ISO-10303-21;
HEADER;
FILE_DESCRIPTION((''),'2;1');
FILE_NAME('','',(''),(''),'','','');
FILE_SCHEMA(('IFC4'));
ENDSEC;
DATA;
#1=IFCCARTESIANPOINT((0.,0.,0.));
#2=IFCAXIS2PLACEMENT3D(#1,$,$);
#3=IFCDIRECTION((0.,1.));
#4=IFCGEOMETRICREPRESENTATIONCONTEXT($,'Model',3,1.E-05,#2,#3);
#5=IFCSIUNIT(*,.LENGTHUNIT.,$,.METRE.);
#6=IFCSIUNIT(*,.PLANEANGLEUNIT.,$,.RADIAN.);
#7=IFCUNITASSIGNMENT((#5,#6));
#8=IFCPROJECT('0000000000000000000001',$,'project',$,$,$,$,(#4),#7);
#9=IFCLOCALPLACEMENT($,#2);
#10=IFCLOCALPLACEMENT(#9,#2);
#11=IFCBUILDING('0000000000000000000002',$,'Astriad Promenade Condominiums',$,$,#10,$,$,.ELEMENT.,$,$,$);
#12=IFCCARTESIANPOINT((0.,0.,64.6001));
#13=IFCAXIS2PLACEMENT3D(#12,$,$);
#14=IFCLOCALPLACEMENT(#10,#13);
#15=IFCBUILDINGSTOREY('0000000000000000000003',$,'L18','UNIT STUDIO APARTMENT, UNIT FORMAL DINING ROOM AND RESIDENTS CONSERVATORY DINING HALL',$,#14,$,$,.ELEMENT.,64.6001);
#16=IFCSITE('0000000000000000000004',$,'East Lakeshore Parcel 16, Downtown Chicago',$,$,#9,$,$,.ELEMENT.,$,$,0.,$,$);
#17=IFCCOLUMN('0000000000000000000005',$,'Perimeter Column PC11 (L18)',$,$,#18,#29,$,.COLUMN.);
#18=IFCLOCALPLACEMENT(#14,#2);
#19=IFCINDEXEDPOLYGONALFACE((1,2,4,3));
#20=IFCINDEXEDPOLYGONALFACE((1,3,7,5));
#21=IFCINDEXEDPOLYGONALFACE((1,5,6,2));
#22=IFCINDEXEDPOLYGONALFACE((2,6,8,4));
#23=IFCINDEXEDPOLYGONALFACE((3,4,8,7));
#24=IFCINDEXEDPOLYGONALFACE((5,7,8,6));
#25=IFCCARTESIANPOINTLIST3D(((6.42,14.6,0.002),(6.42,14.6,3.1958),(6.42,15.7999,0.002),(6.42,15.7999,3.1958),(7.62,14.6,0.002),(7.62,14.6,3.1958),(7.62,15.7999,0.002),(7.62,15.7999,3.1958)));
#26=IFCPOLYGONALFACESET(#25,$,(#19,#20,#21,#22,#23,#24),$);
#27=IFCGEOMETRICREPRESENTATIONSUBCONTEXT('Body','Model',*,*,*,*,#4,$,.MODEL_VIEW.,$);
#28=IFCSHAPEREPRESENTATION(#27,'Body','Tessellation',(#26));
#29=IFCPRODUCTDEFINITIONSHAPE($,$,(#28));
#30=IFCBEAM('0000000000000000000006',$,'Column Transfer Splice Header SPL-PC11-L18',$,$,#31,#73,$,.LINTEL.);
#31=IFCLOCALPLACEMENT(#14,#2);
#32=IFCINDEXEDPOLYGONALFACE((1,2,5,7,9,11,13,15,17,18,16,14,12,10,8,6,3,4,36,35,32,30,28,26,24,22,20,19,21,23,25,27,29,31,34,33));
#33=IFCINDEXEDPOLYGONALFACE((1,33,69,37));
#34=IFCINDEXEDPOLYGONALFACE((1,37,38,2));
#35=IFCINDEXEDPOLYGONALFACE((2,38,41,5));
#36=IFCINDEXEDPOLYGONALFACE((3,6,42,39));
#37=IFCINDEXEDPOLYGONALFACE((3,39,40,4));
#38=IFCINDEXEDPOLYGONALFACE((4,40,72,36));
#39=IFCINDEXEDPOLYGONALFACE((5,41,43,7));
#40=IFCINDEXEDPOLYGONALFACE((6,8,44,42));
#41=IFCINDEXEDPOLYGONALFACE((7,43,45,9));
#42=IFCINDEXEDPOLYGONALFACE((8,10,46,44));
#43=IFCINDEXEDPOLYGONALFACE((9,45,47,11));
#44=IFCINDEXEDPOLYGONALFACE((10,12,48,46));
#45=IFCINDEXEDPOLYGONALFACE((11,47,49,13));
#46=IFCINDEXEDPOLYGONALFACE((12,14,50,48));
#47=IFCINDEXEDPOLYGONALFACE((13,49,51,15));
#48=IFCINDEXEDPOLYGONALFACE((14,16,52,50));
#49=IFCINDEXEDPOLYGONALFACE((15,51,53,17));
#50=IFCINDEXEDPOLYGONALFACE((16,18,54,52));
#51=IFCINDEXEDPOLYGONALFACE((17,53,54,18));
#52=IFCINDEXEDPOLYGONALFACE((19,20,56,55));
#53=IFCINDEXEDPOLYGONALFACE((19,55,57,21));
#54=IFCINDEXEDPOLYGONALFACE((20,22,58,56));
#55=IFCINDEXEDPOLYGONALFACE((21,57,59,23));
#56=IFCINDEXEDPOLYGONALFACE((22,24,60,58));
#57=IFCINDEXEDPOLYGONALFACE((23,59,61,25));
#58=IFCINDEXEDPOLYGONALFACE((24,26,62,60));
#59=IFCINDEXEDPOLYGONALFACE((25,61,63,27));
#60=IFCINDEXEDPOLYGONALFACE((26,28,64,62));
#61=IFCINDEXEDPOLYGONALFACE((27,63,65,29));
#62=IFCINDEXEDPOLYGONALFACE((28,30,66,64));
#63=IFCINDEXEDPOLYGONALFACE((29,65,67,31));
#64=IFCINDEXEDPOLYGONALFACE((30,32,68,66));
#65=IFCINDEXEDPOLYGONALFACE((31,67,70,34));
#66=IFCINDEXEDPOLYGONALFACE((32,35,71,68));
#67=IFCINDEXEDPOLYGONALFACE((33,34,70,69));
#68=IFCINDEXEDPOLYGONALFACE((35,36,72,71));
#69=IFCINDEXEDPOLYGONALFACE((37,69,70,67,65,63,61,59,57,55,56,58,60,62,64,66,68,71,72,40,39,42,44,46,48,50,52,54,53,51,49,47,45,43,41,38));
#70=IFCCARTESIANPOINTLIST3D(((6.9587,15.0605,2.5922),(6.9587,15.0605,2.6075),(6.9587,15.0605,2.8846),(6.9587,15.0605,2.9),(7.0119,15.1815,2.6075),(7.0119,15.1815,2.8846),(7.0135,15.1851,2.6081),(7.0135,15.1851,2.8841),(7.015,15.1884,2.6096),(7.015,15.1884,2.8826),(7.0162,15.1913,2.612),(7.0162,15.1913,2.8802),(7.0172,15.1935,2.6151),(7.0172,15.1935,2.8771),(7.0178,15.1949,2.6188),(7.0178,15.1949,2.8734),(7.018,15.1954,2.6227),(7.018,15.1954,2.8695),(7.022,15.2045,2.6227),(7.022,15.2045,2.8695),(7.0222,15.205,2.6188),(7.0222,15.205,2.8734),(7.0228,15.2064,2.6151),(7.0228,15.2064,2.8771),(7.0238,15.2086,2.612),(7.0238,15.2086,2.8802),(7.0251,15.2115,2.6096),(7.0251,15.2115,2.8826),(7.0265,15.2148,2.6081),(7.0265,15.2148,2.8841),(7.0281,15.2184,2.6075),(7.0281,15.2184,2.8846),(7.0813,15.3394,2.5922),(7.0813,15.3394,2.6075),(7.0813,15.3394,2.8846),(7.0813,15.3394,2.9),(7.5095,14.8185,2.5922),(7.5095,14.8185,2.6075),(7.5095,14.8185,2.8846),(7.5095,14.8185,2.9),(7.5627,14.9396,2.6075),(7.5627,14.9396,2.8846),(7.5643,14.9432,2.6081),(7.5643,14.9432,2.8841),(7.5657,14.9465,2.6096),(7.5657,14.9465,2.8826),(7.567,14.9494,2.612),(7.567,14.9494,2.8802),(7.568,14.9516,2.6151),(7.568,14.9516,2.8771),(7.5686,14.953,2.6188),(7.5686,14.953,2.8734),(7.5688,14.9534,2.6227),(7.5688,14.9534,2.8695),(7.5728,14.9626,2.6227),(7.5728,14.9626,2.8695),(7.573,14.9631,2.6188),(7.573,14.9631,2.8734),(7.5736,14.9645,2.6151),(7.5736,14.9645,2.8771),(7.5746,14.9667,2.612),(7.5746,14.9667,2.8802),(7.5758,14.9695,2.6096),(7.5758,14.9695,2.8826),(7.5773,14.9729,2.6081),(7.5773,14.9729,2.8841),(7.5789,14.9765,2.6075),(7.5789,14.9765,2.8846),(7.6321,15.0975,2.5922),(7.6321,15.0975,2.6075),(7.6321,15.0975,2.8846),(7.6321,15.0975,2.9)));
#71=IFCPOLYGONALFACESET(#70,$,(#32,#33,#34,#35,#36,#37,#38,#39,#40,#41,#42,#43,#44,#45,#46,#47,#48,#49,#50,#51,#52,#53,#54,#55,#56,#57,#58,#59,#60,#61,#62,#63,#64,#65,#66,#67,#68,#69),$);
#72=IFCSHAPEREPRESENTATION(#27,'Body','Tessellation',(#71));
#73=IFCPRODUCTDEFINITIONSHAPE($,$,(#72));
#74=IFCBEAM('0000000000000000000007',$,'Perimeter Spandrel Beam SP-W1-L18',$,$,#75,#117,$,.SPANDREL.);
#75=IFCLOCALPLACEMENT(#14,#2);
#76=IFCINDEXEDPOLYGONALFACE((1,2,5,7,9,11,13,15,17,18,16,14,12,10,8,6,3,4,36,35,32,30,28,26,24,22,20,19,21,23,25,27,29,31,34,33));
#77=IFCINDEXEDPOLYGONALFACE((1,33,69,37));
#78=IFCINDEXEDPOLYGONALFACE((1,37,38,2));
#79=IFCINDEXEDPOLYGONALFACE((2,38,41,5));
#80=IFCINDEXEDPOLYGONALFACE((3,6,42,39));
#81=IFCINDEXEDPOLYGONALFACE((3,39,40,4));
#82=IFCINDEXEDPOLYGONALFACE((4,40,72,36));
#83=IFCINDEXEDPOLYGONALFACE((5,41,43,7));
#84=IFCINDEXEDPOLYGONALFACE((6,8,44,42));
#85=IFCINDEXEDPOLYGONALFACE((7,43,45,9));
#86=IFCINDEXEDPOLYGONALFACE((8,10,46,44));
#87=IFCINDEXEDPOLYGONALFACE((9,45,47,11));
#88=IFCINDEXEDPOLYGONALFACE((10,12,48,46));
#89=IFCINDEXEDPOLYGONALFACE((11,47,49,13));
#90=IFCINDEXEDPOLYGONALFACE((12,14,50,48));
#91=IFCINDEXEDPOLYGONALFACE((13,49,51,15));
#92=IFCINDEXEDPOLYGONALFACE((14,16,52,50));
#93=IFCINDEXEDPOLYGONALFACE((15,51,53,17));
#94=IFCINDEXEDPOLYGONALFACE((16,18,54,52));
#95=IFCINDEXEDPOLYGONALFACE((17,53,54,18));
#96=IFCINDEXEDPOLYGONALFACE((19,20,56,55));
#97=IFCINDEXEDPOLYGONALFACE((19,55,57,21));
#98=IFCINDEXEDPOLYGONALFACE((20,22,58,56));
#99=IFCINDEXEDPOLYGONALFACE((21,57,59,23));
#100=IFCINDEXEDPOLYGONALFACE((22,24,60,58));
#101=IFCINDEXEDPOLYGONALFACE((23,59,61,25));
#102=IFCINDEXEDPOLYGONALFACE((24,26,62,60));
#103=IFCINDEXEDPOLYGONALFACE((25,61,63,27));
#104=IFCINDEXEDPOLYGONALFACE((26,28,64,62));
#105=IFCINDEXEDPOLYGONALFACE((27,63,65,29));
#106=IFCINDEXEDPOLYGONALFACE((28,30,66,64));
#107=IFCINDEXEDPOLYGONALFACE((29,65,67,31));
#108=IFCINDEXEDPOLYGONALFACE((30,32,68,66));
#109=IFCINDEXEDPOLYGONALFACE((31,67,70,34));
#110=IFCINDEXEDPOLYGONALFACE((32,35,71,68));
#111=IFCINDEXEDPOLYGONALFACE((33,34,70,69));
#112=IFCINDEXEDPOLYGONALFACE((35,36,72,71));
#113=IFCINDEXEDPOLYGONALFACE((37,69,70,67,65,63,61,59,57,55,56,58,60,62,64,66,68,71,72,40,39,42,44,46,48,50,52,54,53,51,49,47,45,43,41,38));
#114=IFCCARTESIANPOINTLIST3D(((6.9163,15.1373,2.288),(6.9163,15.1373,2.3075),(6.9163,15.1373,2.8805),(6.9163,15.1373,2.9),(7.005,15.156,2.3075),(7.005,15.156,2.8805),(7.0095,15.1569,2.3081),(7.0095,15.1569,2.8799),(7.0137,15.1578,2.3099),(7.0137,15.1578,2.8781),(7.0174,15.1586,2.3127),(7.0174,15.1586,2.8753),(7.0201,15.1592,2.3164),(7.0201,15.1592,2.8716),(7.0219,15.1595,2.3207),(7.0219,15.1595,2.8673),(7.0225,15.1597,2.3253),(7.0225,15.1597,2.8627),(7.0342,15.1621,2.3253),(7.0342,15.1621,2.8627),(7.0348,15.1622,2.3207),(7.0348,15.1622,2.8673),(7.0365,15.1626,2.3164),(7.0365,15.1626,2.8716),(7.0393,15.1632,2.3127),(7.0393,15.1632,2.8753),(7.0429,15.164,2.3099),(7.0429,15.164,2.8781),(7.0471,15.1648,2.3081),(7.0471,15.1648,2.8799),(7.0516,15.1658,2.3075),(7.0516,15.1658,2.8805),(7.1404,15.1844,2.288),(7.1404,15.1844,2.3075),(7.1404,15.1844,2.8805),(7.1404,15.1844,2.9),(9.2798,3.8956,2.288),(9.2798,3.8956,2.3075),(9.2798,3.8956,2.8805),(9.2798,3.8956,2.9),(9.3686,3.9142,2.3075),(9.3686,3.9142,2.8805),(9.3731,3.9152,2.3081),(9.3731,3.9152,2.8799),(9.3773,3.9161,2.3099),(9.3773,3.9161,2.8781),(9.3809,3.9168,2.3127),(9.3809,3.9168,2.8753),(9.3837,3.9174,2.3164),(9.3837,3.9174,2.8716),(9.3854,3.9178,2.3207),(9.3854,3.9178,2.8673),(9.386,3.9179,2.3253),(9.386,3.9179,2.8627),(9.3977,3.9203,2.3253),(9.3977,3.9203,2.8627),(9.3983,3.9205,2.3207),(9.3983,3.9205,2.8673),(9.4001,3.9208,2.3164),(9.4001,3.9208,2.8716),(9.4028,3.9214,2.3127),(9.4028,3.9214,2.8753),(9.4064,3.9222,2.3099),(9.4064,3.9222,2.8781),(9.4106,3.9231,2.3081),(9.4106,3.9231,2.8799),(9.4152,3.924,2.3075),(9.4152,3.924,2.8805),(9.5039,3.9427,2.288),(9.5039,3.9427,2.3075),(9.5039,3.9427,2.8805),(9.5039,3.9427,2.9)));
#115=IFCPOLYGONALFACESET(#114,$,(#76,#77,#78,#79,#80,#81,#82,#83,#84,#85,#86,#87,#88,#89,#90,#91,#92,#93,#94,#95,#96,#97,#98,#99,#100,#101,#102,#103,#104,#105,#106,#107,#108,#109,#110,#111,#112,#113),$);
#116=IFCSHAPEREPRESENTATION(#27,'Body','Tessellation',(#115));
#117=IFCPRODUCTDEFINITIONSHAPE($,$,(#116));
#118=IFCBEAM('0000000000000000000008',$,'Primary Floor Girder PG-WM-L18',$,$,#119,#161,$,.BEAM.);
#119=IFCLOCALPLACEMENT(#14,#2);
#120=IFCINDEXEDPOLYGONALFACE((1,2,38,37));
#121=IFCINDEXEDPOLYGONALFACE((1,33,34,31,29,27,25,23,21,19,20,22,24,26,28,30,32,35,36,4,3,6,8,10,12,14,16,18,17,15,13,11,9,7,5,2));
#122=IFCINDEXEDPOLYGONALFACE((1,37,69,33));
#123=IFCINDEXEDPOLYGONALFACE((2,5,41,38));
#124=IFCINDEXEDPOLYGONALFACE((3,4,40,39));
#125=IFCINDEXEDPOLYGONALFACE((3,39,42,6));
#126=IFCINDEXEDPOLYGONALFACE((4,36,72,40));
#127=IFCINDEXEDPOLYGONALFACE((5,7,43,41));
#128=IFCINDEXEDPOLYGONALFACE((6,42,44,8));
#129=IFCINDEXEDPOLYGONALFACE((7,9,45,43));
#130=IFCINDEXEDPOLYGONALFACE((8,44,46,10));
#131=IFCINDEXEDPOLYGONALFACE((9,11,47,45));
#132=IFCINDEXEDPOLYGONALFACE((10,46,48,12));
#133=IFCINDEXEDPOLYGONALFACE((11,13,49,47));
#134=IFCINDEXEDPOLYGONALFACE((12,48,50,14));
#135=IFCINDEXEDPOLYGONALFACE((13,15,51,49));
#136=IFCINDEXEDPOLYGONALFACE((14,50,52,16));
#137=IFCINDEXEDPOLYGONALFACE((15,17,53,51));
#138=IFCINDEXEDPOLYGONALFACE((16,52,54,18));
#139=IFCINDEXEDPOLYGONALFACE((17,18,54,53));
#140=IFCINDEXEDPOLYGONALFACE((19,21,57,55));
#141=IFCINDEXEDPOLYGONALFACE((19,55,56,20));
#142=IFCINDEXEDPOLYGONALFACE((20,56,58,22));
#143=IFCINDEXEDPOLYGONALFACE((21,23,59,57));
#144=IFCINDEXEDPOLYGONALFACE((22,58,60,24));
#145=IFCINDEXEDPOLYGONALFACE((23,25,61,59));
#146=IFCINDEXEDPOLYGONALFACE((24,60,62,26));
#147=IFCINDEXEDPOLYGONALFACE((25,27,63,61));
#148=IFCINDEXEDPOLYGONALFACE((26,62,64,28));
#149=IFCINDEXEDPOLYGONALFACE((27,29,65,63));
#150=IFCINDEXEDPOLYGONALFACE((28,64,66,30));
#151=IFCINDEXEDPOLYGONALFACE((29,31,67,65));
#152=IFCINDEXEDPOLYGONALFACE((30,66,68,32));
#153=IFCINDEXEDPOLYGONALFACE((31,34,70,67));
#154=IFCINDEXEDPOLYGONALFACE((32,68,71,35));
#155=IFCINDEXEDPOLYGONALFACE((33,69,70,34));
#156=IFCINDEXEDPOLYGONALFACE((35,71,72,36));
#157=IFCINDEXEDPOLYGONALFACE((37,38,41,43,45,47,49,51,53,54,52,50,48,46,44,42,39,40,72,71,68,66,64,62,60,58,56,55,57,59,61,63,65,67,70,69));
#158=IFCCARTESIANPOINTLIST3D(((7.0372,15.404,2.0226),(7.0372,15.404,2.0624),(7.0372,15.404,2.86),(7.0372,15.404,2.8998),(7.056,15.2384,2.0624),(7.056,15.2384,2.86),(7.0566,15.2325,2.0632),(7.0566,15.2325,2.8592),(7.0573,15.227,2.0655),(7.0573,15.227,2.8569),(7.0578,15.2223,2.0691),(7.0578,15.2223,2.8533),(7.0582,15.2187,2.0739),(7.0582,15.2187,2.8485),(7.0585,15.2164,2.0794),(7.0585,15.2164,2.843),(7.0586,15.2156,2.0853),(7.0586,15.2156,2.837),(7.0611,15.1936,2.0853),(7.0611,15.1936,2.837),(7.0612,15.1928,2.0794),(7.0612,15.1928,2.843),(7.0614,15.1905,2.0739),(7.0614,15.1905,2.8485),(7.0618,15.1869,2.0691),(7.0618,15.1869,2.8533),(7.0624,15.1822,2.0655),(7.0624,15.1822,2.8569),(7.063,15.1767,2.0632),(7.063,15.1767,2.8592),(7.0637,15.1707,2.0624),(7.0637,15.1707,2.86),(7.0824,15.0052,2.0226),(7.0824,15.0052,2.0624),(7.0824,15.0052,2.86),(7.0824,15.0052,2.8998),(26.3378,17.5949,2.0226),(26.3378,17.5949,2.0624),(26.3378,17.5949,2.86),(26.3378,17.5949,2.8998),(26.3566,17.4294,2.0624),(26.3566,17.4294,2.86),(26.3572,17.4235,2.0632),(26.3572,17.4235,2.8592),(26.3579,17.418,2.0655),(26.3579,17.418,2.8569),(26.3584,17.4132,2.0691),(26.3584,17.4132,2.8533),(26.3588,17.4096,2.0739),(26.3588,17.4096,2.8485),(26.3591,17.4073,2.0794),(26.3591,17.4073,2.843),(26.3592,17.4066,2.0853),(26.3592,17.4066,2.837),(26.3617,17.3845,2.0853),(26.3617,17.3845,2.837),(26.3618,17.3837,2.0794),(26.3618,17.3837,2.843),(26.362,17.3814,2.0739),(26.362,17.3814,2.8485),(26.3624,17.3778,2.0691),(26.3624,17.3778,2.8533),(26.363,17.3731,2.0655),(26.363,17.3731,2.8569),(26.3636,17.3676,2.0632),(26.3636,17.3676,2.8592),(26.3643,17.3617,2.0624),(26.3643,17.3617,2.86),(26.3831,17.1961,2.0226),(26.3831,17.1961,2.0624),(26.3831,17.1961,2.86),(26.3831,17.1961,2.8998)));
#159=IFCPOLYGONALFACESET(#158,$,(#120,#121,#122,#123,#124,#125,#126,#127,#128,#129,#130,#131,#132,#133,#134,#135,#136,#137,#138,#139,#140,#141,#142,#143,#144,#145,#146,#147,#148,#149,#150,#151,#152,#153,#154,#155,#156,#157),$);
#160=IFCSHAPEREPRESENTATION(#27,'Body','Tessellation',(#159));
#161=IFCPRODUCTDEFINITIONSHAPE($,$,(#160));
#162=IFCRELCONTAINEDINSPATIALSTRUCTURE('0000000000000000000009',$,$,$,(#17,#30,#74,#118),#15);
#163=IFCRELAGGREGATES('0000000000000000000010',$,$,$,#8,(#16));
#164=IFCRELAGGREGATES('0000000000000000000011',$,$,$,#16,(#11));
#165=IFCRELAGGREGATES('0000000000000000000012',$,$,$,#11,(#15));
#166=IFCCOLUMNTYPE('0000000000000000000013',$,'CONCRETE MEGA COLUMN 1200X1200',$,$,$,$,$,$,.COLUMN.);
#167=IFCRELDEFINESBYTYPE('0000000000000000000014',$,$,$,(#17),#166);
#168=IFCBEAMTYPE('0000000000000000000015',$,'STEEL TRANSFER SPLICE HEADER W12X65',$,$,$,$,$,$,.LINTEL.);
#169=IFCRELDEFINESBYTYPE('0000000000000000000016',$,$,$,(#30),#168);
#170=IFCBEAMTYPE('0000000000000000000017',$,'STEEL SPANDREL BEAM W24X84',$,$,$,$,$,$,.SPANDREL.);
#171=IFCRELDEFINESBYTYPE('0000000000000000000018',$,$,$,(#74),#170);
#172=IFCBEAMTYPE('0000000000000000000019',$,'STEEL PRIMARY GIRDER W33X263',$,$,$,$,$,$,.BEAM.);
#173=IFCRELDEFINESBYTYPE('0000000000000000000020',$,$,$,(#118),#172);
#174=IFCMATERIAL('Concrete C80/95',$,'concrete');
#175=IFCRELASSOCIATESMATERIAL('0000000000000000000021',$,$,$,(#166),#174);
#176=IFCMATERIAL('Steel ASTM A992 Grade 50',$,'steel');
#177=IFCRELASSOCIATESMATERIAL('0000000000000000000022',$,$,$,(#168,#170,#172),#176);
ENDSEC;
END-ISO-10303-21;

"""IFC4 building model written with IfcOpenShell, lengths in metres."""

from ifc_helpers import new_model, si_unit, direction, frame, origin, origin_2d, place, context, subcontext, project, spatial, rectangle, i_section, extrude, source, transform, mapped, material, material_profile, profile_set, type_object, type_shapes, element, save


model = new_model("IFC4")

# Units and contexts
model_context = context("Model", 3, precision=1e-05, world=origin(), true_north=direction((0.0, 1.0)))
body_context = subcontext(model_context, "Body", "Model", "MODEL_VIEW")
ifc_project = project(units=[si_unit("LENGTHUNIT", "METRE"), si_unit("PLANEANGLEUNIT", "RADIAN")], contexts=[model_context])

# Site, building, storey
site_placement = place(None, origin())
site = spatial("IfcSite", under=ifc_project, at=site_placement, Name="East Lakeshore Parcel 16, Downtown Chicago", CompositionType="ELEMENT", RefElevation=0.0)
building_placement = place(site_placement, origin())
building = spatial("IfcBuilding", under=site, at=building_placement, Name="Astriad Promenade Condominiums", CompositionType="ELEMENT")
storey_placement = place(building_placement, frame((0.0, 0.0, 64.6001)))
storey = spatial("IfcBuildingStorey", under=building, at=storey_placement, Name="L18", Description="UNIT STUDIO APARTMENT, UNIT FORMAL DINING ROOM AND RESIDENTS CONSERVATORY DINING HALL", CompositionType="ELEMENT", Elevation=64.6001)

# Column
ifc_material_1 = material(Name="Concrete C80/95", Category="concrete")
ifc_material_profile_1 = material_profile(ifc_material_1, rectangle(XDim=1.2, YDim=1.2, at=origin_2d()), Name="RC-COL-1200X1200")
ifc_profile_set_1 = profile_set([ifc_material_profile_1], Name="Concrete C80/95")
column_type = type_object("IfcColumnType", Name="CONCRETE MEGA COLUMN 1200X1200", PredefinedType="COLUMN", material=ifc_profile_set_1)
shared_shape_1 = source(origin(), body_context, "Body", "SweptSolid", [
    extrude(rectangle(XDim=1.2, YDim=1.2, at=origin_2d()), origin(), (0.0, 0.0, 1.0), 3.1938),
])
type_shapes(column_type, [shared_shape_1])
column_placement = place(storey_placement, frame((7.02, 15.2, 0.002), z_axis=(0.0, 0.0, 1.0), x_axis=(1.0, 0.0, 0.0)))
element("IfcColumn", 1, at=column_placement, inside=storey, type_object=column_type, Name="Perimeter Column PC11 (L18)", PredefinedType="COLUMN", context=body_context, shape_type="MappedRepresentation", body=[
    mapped(shared_shape_1, transform((0.0, 0.0, 0.0), scale=1.0)),
])

# Beams
ifc_material_2 = material(Name="Steel ASTM A992 Grade 50", Category="steel")
ifc_material_profile_2 = material_profile(ifc_material_2, i_section(OverallWidth=0.3047, OverallDepth=0.3079, WebThickness=0.01, FlangeThickness=0.0154, FilletRadius=0.0151, at=origin_2d()), Name="W12X65")
ifc_profile_set_2 = profile_set([ifc_material_profile_2], Name="Steel ASTM A992 Grade 50")
beam_type_1 = type_object("IfcBeamType", Name="STEEL TRANSFER SPLICE HEADER W12X65", PredefinedType="LINTEL", material=ifc_profile_set_2)
shared_shape_2 = source(origin(), body_context, "Body", "SweptSolid", [
    extrude(i_section(OverallWidth=0.3047, OverallDepth=0.3079, WebThickness=0.01, FlangeThickness=0.0154, FilletRadius=0.0151, at=origin_2d()), origin(), (0.0, 0.0, 1.0), 0.6016),
])
type_shapes(beam_type_1, [shared_shape_2])
beam_1_placement = place(storey_placement, frame((7.02, 15.2, 2.7461), z_axis=(0.91556, -0.402181, 0.0), x_axis=(0.402181, 0.91556, 0.0)))
element("IfcBeam", 2, at=beam_1_placement, inside=storey, type_object=beam_type_1, Name="Column Transfer Splice Header SPL-PC11-L18", PredefinedType="LINTEL", context=body_context, shape_type="MappedRepresentation", body=[
    mapped(shared_shape_2, transform((0.0, 0.0, 0.0), scale=1.0)),
])
ifc_material_profile_3 = material_profile(ifc_material_2, i_section(OverallWidth=0.229, OverallDepth=0.6121, WebThickness=0.012, FlangeThickness=0.0195, FilletRadius=0.0178, at=origin_2d()), Name="W24X84")
ifc_profile_set_3 = profile_set([ifc_material_profile_3], Name="Steel ASTM A992 Grade 50")
beam_type_2 = type_object("IfcBeamType", Name="STEEL SPANDREL BEAM W24X84", PredefinedType="SPANDREL", material=ifc_profile_set_3)
shared_shape_3 = source(origin(), body_context, "Body", "SweptSolid", [
    extrude(i_section(OverallWidth=0.229, OverallDepth=0.6121, WebThickness=0.012, FlangeThickness=0.0195, FilletRadius=0.0178, at=origin_2d()), origin(), (0.0, 0.0, 1.0), 11.4875),
])
type_shapes(beam_type_2, [shared_shape_3])
beam_2_placement = place(storey_placement, frame((7.0283, 15.1609, 2.594), z_axis=(0.205748, -0.978605, 0.0), x_axis=(0.978605, 0.205748, 0.0)))
element("IfcBeam", 3, at=beam_2_placement, inside=storey, type_object=beam_type_2, Name="Perimeter Spandrel Beam SP-W1-L18", PredefinedType="SPANDREL", context=body_context, shape_type="MappedRepresentation", body=[
    mapped(shared_shape_3, transform((0.0, 0.0, 0.0), scale=1.0)),
])
ifc_material_profile_4 = material_profile(ifc_material_2, i_section(OverallWidth=0.4014, OverallDepth=0.8772, WebThickness=0.0222, FlangeThickness=0.0398, FilletRadius=0.0229, at=origin_2d()), Name="W33X263")
ifc_profile_set_4 = profile_set([ifc_material_profile_4], Name="Steel ASTM A992 Grade 50")
beam_type_3 = type_object("IfcBeamType", Name="STEEL PRIMARY GIRDER W33X263", PredefinedType="BEAM", material=ifc_profile_set_4)
shared_shape_4 = source(origin(), body_context, "Body", "SweptSolid", [
    extrude(i_section(OverallWidth=0.4014, OverallDepth=0.8772, WebThickness=0.0222, FlangeThickness=0.0398, FilletRadius=0.0229, at=origin_2d()), origin(), (0.0, 0.0, 1.0), 19.4246),
])
type_shapes(beam_type_3, [shared_shape_4])
beam_3_placement = place(storey_placement, frame((7.0598, 15.2046, 2.4612), z_axis=(0.993619, 0.112792, 0.0), x_axis=(-0.112792, 0.993619, 0.0)))
element("IfcBeam", 4, at=beam_3_placement, inside=storey, type_object=beam_type_3, Name="Primary Floor Girder PG-WM-L18", PredefinedType="BEAM", context=body_context, shape_type="MappedRepresentation", body=[
    mapped(shared_shape_4, transform((0.0, 0.0, 0.0), scale=1.0)),
])

save(model, "model.ifc")
